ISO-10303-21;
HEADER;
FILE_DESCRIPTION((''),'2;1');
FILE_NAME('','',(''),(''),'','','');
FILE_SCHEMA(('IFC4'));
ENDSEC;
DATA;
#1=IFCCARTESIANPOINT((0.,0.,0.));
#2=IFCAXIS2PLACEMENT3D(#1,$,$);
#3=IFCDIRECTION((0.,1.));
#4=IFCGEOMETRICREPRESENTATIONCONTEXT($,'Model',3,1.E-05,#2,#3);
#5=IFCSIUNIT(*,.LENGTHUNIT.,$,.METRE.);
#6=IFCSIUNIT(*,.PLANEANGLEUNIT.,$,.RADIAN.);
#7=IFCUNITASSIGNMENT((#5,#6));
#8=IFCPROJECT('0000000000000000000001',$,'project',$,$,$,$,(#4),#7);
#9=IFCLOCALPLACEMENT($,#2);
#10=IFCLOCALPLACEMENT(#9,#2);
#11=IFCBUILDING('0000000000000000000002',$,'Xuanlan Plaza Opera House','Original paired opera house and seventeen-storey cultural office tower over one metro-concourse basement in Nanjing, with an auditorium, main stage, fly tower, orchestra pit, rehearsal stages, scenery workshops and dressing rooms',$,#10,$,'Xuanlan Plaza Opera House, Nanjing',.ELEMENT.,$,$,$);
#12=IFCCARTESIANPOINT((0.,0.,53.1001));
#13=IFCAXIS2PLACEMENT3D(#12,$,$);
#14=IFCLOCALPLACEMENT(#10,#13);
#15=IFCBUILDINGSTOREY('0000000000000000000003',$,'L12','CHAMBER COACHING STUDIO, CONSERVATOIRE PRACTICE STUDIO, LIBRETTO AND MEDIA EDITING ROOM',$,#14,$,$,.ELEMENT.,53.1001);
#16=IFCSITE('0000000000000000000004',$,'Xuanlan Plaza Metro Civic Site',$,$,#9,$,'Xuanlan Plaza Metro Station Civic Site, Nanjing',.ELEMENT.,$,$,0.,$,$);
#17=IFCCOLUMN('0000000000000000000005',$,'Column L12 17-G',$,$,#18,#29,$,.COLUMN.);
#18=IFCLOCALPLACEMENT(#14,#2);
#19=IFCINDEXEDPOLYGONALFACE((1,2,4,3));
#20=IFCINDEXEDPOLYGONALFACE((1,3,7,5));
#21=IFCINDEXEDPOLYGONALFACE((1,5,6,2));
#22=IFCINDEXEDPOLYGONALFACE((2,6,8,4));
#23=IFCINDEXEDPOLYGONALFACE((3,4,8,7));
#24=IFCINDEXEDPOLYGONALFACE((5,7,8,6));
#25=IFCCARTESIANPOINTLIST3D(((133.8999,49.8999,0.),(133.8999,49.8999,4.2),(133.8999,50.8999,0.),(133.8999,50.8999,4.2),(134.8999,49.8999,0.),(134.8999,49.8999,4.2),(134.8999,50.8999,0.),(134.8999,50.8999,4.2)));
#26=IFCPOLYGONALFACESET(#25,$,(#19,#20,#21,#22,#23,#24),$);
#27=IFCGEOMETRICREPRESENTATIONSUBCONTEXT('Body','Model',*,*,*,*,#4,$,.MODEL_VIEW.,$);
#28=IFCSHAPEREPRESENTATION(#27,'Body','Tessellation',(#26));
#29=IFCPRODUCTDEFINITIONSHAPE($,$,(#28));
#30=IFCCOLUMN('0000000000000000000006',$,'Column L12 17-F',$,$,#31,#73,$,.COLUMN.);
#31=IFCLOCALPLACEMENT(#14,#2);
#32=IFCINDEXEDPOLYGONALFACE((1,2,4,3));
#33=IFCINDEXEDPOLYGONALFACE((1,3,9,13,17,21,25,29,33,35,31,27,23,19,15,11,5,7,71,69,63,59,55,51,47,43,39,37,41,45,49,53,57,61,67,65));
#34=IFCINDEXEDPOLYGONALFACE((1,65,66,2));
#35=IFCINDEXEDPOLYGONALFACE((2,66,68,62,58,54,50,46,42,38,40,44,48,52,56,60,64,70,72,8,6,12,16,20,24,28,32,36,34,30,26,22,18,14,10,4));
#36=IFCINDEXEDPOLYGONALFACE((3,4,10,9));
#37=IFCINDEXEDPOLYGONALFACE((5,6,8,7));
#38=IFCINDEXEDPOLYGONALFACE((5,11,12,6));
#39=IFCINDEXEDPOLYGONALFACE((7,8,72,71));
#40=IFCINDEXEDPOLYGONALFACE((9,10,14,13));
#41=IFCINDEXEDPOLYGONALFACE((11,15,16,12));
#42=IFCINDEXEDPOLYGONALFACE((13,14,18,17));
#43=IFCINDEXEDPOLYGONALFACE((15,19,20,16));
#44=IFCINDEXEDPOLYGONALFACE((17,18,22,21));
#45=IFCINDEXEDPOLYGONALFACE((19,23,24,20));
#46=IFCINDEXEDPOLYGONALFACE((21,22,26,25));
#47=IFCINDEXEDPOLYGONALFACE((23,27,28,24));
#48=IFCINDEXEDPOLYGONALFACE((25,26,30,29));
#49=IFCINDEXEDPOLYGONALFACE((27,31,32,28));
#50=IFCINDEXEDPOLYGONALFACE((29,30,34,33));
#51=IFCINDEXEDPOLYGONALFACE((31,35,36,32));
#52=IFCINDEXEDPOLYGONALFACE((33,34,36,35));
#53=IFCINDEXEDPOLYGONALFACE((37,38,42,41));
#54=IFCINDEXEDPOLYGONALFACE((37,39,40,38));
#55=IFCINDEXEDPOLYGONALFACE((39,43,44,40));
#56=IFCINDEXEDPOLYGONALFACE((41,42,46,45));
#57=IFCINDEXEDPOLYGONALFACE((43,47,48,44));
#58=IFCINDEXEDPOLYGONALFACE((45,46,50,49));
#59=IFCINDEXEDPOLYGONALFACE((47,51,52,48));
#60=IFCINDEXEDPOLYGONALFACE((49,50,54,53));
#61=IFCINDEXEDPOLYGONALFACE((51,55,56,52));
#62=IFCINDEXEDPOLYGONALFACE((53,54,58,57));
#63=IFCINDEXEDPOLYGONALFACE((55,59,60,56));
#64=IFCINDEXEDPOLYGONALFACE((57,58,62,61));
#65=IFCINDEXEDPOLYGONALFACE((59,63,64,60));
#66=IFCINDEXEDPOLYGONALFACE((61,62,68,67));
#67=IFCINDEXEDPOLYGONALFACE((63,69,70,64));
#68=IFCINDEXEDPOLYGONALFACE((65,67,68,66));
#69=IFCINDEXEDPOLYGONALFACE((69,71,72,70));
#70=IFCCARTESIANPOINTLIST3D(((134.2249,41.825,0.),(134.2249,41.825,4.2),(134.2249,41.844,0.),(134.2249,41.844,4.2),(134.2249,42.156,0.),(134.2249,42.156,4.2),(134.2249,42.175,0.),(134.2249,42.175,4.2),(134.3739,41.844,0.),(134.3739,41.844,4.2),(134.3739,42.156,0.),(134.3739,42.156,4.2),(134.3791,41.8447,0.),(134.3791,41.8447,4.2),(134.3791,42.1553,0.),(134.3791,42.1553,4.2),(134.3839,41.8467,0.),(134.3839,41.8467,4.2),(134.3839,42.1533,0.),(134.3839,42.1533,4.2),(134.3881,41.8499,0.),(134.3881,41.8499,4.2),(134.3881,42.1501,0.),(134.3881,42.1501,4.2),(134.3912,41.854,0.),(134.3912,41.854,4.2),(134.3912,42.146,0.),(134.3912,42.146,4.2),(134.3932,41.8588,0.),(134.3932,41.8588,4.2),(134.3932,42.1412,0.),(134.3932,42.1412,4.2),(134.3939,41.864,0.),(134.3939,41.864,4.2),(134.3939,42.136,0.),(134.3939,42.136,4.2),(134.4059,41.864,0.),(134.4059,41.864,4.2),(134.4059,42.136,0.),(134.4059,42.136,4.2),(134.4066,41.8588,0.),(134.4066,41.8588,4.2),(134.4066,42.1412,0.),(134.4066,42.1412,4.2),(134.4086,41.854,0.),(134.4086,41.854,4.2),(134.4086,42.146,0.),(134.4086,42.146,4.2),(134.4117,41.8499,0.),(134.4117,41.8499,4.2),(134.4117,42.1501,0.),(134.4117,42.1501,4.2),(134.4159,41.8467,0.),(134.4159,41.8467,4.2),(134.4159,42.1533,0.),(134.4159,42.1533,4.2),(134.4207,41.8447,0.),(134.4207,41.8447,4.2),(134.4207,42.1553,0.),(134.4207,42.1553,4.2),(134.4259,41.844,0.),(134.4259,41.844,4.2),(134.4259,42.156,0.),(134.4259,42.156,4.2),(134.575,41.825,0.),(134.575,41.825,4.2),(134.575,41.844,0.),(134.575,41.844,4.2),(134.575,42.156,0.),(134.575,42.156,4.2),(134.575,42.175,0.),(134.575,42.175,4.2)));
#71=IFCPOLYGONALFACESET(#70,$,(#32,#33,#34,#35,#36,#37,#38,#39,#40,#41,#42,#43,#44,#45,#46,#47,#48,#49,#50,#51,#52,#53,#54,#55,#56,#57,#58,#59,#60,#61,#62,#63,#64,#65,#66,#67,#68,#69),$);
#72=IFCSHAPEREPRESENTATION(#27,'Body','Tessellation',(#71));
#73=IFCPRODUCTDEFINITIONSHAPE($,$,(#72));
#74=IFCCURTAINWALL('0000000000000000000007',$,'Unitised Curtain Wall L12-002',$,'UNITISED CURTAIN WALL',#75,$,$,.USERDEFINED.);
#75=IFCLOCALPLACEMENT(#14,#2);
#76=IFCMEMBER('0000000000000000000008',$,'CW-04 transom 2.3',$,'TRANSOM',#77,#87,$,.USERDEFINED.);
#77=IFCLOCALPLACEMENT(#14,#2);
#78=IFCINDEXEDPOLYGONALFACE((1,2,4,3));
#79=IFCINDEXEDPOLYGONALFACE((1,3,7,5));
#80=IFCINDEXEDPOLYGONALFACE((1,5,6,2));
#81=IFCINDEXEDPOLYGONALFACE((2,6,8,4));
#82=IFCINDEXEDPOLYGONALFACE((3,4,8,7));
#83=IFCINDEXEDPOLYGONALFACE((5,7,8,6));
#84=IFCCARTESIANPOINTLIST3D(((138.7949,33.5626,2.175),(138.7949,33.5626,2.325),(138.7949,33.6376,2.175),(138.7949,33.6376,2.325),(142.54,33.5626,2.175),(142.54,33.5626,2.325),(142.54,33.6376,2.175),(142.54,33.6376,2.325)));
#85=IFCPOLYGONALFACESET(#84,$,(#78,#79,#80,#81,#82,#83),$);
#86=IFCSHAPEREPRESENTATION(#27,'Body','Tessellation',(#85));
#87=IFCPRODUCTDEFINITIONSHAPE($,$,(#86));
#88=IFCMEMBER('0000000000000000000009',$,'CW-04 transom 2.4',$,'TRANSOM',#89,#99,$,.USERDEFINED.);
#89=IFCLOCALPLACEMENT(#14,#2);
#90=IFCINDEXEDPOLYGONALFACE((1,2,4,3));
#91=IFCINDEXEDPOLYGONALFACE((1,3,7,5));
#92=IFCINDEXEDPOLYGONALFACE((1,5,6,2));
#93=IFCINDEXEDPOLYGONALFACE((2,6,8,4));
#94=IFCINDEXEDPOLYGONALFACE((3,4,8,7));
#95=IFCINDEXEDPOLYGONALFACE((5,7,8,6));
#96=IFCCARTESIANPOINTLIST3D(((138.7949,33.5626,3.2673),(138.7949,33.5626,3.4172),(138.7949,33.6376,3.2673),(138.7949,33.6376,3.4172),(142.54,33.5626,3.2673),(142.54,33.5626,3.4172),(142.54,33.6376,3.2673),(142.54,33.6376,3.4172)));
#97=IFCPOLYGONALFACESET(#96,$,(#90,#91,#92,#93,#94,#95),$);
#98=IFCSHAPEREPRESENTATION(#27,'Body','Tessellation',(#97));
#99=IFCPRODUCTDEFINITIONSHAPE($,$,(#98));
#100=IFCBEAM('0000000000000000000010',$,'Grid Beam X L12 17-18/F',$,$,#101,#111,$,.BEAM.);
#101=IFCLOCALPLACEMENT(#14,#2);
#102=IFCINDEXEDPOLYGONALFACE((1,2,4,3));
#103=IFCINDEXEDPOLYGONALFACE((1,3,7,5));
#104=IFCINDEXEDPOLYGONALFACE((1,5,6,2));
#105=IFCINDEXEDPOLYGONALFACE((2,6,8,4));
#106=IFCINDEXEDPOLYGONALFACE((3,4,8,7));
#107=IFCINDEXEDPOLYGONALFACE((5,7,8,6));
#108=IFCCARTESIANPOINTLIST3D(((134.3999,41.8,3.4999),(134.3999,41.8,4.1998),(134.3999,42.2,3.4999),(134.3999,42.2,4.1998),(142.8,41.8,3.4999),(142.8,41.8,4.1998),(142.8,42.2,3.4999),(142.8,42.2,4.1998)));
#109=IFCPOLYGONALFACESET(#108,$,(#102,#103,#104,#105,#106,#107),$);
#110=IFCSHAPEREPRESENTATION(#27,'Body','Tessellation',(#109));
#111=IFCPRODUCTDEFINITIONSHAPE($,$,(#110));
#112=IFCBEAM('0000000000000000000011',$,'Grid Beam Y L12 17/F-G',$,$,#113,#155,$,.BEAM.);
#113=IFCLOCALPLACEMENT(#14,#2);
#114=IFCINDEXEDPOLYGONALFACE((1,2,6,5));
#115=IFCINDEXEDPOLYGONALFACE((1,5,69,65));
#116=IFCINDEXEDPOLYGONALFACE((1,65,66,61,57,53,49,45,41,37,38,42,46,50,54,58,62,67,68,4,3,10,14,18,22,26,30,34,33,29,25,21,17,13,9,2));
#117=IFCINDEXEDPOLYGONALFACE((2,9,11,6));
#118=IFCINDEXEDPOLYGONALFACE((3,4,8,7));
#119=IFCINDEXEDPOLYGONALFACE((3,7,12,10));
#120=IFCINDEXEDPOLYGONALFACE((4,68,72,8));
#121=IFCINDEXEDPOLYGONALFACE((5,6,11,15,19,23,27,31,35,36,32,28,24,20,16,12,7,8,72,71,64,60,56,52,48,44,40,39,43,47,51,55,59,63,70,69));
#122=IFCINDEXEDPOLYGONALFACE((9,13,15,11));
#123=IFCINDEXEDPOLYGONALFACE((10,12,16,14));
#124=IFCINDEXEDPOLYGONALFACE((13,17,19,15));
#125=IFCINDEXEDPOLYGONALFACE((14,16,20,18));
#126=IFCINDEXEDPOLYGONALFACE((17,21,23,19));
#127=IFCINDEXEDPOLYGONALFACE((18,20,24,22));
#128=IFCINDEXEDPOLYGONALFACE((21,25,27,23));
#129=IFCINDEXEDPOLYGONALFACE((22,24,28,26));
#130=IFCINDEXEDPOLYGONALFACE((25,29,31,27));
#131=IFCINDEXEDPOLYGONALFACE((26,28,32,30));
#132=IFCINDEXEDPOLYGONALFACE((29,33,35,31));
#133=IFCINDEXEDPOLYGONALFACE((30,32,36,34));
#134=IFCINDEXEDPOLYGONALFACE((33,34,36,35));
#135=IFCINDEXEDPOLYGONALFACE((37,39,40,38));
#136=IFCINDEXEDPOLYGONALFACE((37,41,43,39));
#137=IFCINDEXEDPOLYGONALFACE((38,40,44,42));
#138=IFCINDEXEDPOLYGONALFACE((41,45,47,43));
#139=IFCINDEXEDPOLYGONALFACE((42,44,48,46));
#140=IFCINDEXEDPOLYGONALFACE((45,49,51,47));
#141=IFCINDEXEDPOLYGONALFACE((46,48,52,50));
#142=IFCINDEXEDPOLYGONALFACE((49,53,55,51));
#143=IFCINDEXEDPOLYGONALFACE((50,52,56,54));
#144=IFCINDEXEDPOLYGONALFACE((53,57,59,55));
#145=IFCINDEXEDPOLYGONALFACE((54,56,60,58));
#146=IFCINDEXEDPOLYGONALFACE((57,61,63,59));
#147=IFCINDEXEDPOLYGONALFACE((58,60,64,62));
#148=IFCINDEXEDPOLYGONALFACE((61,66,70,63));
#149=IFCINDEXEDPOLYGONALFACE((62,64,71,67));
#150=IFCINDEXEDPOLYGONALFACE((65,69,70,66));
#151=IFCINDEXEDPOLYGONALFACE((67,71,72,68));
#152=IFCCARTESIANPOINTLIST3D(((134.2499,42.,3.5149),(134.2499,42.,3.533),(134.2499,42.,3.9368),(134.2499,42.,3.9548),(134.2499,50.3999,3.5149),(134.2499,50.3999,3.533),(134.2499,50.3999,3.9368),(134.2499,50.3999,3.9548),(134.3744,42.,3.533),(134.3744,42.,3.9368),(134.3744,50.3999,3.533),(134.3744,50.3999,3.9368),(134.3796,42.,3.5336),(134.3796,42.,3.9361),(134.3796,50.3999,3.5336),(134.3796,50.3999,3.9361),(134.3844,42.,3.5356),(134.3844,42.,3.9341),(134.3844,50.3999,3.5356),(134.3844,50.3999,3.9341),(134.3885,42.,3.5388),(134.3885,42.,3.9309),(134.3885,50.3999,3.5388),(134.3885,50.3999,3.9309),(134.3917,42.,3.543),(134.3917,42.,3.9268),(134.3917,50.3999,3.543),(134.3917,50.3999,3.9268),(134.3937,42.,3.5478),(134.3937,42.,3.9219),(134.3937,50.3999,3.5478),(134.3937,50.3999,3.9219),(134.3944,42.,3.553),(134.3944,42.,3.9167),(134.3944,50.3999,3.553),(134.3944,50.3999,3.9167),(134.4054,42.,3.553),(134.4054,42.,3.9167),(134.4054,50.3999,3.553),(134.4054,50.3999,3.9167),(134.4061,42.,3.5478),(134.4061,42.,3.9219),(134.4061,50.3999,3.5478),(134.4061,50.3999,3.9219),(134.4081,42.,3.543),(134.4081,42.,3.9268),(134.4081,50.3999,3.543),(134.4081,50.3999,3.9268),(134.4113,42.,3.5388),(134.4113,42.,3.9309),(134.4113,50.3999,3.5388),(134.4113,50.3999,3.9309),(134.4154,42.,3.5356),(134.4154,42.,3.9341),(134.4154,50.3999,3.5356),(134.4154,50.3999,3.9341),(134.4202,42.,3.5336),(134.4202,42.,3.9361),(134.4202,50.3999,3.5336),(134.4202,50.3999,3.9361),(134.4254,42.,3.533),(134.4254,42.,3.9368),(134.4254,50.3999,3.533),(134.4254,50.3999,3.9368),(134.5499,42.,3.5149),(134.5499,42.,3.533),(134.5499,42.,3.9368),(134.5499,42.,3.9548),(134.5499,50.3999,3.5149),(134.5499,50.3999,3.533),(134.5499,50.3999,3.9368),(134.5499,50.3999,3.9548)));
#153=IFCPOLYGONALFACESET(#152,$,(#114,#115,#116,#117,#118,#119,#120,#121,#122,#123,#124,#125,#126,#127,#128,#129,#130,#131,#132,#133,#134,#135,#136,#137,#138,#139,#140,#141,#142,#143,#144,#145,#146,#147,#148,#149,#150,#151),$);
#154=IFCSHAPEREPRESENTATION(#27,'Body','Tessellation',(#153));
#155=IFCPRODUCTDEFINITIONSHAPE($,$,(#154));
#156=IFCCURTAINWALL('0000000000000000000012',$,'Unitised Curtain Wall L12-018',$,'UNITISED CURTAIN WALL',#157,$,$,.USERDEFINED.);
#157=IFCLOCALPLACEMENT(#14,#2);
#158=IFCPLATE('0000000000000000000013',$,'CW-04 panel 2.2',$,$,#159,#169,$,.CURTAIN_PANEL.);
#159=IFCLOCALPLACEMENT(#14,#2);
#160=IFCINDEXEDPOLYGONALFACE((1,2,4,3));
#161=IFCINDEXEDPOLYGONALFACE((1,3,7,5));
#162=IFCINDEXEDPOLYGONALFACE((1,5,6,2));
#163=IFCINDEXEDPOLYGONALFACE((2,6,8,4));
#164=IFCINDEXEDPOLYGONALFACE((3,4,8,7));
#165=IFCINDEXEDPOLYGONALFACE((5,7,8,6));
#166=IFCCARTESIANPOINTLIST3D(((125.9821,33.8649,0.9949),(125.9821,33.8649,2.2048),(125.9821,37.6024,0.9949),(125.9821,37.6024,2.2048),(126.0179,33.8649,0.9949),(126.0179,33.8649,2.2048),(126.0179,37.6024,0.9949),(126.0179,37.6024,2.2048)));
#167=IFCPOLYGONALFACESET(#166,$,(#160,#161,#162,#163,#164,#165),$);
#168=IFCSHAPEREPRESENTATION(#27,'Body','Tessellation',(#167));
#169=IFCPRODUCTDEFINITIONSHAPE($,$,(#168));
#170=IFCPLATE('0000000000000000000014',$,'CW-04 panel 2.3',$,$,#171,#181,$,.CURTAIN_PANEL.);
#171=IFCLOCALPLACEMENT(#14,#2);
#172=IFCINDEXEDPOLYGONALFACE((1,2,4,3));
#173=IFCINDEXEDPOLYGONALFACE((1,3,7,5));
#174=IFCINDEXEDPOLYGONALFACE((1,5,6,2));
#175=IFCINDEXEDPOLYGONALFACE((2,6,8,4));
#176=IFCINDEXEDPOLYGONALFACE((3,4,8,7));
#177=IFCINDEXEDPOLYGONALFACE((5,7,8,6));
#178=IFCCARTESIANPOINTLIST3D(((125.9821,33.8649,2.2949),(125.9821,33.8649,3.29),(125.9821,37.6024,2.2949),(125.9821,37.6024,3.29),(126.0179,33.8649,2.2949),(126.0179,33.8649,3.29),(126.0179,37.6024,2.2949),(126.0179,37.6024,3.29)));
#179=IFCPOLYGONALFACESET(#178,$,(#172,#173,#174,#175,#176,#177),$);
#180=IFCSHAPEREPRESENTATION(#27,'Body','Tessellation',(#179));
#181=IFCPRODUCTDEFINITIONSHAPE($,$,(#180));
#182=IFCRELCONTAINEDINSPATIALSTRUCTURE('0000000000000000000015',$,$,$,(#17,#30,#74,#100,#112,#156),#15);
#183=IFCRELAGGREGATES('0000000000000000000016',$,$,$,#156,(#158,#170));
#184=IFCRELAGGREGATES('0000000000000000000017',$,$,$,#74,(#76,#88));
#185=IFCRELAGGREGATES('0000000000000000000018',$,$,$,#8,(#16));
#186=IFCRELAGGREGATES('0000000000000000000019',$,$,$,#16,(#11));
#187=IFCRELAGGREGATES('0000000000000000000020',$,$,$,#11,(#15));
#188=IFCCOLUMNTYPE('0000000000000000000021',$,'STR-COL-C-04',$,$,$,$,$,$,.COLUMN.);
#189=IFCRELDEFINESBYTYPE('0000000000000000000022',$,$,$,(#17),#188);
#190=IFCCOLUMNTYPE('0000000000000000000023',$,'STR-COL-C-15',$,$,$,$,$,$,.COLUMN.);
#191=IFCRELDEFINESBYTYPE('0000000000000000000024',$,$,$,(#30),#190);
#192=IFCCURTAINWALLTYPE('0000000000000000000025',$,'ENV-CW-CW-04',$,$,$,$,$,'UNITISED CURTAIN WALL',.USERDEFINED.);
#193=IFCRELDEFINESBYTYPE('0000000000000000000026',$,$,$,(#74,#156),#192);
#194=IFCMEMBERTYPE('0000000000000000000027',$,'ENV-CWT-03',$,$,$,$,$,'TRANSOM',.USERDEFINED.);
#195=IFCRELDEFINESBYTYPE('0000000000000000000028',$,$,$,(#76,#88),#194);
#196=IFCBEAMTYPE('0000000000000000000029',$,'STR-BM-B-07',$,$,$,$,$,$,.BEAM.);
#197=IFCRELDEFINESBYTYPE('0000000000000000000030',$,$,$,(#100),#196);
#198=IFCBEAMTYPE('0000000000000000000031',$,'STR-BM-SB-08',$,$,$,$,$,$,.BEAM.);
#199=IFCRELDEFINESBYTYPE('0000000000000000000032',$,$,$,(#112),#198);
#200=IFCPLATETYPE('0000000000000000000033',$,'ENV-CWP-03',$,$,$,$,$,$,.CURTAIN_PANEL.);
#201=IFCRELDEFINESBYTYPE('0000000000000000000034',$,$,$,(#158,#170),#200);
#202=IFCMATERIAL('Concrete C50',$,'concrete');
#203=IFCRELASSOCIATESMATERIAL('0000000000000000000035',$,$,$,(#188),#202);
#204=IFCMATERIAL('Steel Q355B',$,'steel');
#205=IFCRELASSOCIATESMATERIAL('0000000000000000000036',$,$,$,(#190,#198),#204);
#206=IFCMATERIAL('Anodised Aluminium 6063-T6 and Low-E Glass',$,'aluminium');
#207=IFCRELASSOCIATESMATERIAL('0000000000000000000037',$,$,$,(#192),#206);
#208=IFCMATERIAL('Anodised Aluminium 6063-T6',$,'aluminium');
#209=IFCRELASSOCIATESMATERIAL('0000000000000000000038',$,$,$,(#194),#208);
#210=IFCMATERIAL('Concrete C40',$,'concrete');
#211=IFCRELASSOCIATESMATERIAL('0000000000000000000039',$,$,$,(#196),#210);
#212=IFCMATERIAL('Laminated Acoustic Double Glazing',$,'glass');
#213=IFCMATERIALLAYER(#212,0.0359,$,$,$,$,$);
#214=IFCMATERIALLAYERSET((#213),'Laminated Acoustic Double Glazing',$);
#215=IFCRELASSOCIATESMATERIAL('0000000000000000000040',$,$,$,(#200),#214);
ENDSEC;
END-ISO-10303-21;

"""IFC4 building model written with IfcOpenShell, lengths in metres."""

from ifc_helpers import new_model, si_unit, direction, frame, origin, origin_2d, place, context, subcontext, project, spatial, rectangle, i_section, extrude, material, layer, layer_set, material_profile, profile_set, type_object, element, aggregate, save


model = new_model("IFC4")

# Units and contexts
model_context = context("Model", 3, precision=1e-05, world=origin(), true_north=direction((0.0, 1.0)))
body_context = subcontext(model_context, "Body", "Model", "MODEL_VIEW")
ifc_project = project(units=[si_unit("LENGTHUNIT", "METRE"), si_unit("PLANEANGLEUNIT", "RADIAN")], contexts=[model_context])

# Site, building, storey
site_placement = place(None, origin())
site = spatial("IfcSite", under=ifc_project, at=site_placement, Name="Xuanlan Plaza Metro Civic Site", LongName="Xuanlan Plaza Metro Station Civic Site, Nanjing", CompositionType="ELEMENT", RefElevation=0.0)
building_placement = place(site_placement, origin())
building = spatial("IfcBuilding", under=site, at=building_placement, Name="Xuanlan Plaza Opera House", Description="Original paired opera house and seventeen-storey cultural office tower over one metro-concourse basement in Nanjing, with an auditorium, main stage, fly tower, orchestra pit, rehearsal stages, scenery workshops and dressing rooms", LongName="Xuanlan Plaza Opera House, Nanjing", CompositionType="ELEMENT")
storey_placement = place(building_placement, frame((0.0, 0.0, 53.1001)))
storey = spatial("IfcBuildingStorey", under=building, at=storey_placement, Name="L12", Description="CHAMBER COACHING STUDIO, CONSERVATOIRE PRACTICE STUDIO, LIBRETTO AND MEDIA EDITING ROOM", CompositionType="ELEMENT", Elevation=53.1001)

# Columns
ifc_material_1 = material(Name="Concrete C50", Category="concrete")
ifc_material_profile_1 = material_profile(ifc_material_1, rectangle(XDim=1.0, YDim=1.0, at=origin_2d()), Name="RC-COL 1000x1000")
ifc_profile_set_1 = profile_set([ifc_material_profile_1], Name="Concrete C50")
column_type_1 = type_object("IfcColumnType", Name="STR-COL-C-04", PredefinedType="COLUMN", material=ifc_profile_set_1)
column_1_placement = place(storey_placement, frame((134.3999, 50.3999, 0.0), z_axis=(0.0, 0.0, 1.0), x_axis=(1.0, 0.0, 0.0)))
element("IfcColumn", 1, at=column_1_placement, inside=storey, type_object=column_type_1, Name="Column L12 17-G", PredefinedType="COLUMN", context=body_context, shape_type="SweptSolid", body=[
    extrude(rectangle(XDim=1.0, YDim=1.0, at=origin_2d()), origin(), (0.0, 0.0, 1.0), 4.2),
])
ifc_material_2 = material(Name="Steel Q355B", Category="steel")
ifc_material_profile_2 = material_profile(ifc_material_2, i_section(OverallWidth=0.3501, OverallDepth=0.3501, WebThickness=0.012, FlangeThickness=0.019, FilletRadius=0.02, at=origin_2d()), Name="HW 350x350x12x19")
ifc_profile_set_2 = profile_set([ifc_material_profile_2], Name="Steel Q355B")
column_type_2 = type_object("IfcColumnType", Name="STR-COL-C-15", PredefinedType="COLUMN", material=ifc_profile_set_2)
column_2_placement = place(storey_placement, frame((134.3999, 42.0, 0.0), z_axis=(0.0, 0.0, 1.0), x_axis=(1.0, 0.0, 0.0)))
element("IfcColumn", 2, at=column_2_placement, inside=storey, type_object=column_type_2, Name="Column L12 17-F", PredefinedType="COLUMN", context=body_context, shape_type="SweptSolid", body=[
    extrude(i_section(OverallWidth=0.3501, OverallDepth=0.3501, WebThickness=0.012, FlangeThickness=0.019, FilletRadius=0.02, at=origin_2d()), origin(), (0.0, 0.0, 1.0), 4.2),
])

# Curtain wall, members
ifc_material_3 = material(Name="Anodised Aluminium 6063-T6 and Low-E Glass", Category="aluminium")
curtain_wall_type = type_object("IfcCurtainWallType", Name="ENV-CW-CW-04", ElementType="UNITISED CURTAIN WALL", PredefinedType="USERDEFINED", material=ifc_material_3)
curtain_wall_1_placement = place(storey_placement, origin())
curtain_wall_1 = element("IfcCurtainWall", 3, at=curtain_wall_1_placement, inside=storey, type_object=curtain_wall_type, Name="Unitised Curtain Wall L12-002", ObjectType="UNITISED CURTAIN WALL", PredefinedType="USERDEFINED")
ifc_material_4 = material(Name="Anodised Aluminium 6063-T6", Category="aluminium")
ifc_material_profile_3 = material_profile(ifc_material_4, rectangle(XDim=0.075, YDim=0.1499, at=origin_2d()), Name="ALU-T 75x150")
ifc_profile_set_3 = profile_set([ifc_material_profile_3], Name="Anodised Aluminium 6063-T6")
member_type = type_object("IfcMemberType", Name="ENV-CWT-03", ElementType="TRANSOM", PredefinedType="USERDEFINED", material=ifc_profile_set_3)
member_1_placement = place(storey_placement, frame((138.7949, 33.6001, 2.25), z_axis=(1.0, 0.0, 0.0), x_axis=(0.0, 1.0, 0.0)))
member_1 = element("IfcMember", 4, at=member_1_placement, type_object=member_type, Name="CW-04 transom 2.3", ObjectType="TRANSOM", PredefinedType="USERDEFINED", context=body_context, shape_type="SweptSolid", body=[
    extrude(rectangle(XDim=0.075, YDim=0.1499, at=origin_2d()), origin(), (0.0, 0.0, 1.0), 3.7451),
])
member_2_placement = place(storey_placement, frame((138.7949, 33.6001, 3.3423), z_axis=(1.0, 0.0, 0.0), x_axis=(0.0, 1.0, 0.0)))
member_2 = element("IfcMember", 5, at=member_2_placement, type_object=member_type, Name="CW-04 transom 2.4", ObjectType="TRANSOM", PredefinedType="USERDEFINED", context=body_context, shape_type="SweptSolid", body=[
    extrude(rectangle(XDim=0.075, YDim=0.1499, at=origin_2d()), origin(), (0.0, 0.0, 1.0), 3.7451),
])

# Beams
ifc_material_5 = material(Name="Concrete C40", Category="concrete")
ifc_material_profile_4 = material_profile(ifc_material_5, rectangle(XDim=0.3999, YDim=0.7, at=origin_2d()), Name="RC-BM 400x700")
ifc_profile_set_4 = profile_set([ifc_material_profile_4], Name="Concrete C40")
beam_type_1 = type_object("IfcBeamType", Name="STR-BM-B-07", PredefinedType="BEAM", material=ifc_profile_set_4)
beam_1_placement = place(storey_placement, frame((134.3999, 42.0, 3.8499), z_axis=(1.0, 0.0, 0.0), x_axis=(0.0, 1.0, 0.0)))
element("IfcBeam", 6, at=beam_1_placement, inside=storey, type_object=beam_type_1, Name="Grid Beam X L12 17-18/F", PredefinedType="BEAM", context=body_context, shape_type="SweptSolid", body=[
    extrude(rectangle(XDim=0.3999, YDim=0.7, at=origin_2d()), origin(), (0.0, 0.0, 1.0), 8.4001),
])
ifc_material_profile_5 = material_profile(ifc_material_2, i_section(OverallWidth=0.3, OverallDepth=0.4399, WebThickness=0.011, FlangeThickness=0.0181, FilletRadius=0.02, at=origin_2d()), Name="HM 440x300x11x18")
ifc_profile_set_5 = profile_set([ifc_material_profile_5], Name="Steel Q355B")
beam_type_2 = type_object("IfcBeamType", Name="STR-BM-SB-08", PredefinedType="BEAM", material=ifc_profile_set_5)
beam_2_placement = place(storey_placement, frame((134.3999, 42.0, 3.7349), z_axis=(0.0, 1.0, 0.0), x_axis=(-1.0, 0.0, 0.0)))
element("IfcBeam", 7, at=beam_2_placement, inside=storey, type_object=beam_type_2, Name="Grid Beam Y L12 17/F-G", PredefinedType="BEAM", context=body_context, shape_type="SweptSolid", body=[
    extrude(i_section(OverallWidth=0.3, OverallDepth=0.4399, WebThickness=0.011, FlangeThickness=0.0181, FilletRadius=0.02, at=origin_2d()), origin(), (0.0, 0.0, 1.0), 8.3999),
])

# Curtain wall, plates
curtain_wall_2_placement = place(storey_placement, origin())
curtain_wall_2 = element("IfcCurtainWall", 8, at=curtain_wall_2_placement, inside=storey, type_object=curtain_wall_type, Name="Unitised Curtain Wall L12-018", ObjectType="UNITISED CURTAIN WALL", PredefinedType="USERDEFINED")
ifc_material_6 = material(Name="Laminated Acoustic Double Glazing", Category="glass")
ifc_layer_1 = layer(ifc_material_6, 0.0359)
ifc_layer_set_1 = layer_set([ifc_layer_1], Name="Laminated Acoustic Double Glazing")
plate_type_1 = type_object("IfcPlateType", Name="ENV-CWP-03", PredefinedType="CURTAIN_PANEL", material=ifc_layer_set_1)
plate_1_placement = place(storey_placement, frame((126.0, 35.7336, 0.9949), z_axis=(0.0, 0.0, 1.0), x_axis=(0.0, -1.0, 0.0)))
plate_1 = element("IfcPlate", 9, at=plate_1_placement, type_object=plate_type_1, Name="CW-04 panel 2.2", PredefinedType="CURTAIN_PANEL", context=body_context, shape_type="SweptSolid", body=[
    extrude(rectangle(XDim=3.7375, YDim=0.0359, at=origin_2d()), origin(), (0.0, 0.0, 1.0), 1.21),
])
plate_2_placement = place(storey_placement, frame((126.0, 35.7336, 2.2949), z_axis=(0.0, 0.0, 1.0), x_axis=(0.0, -1.0, 0.0)))
plate_2 = element("IfcPlate", 10, at=plate_2_placement, type_object=plate_type_1, Name="CW-04 panel 2.3", PredefinedType="CURTAIN_PANEL", context=body_context, shape_type="SweptSolid", body=[
    extrude(rectangle(XDim=3.7375, YDim=0.0359, at=origin_2d()), origin(), (0.0, 0.0, 1.0), 0.9951),
])
aggregate(curtain_wall_2, [plate_1, plate_2])

aggregate(curtain_wall_1, [member_1, member_2])

save(model, "model.ifc")
